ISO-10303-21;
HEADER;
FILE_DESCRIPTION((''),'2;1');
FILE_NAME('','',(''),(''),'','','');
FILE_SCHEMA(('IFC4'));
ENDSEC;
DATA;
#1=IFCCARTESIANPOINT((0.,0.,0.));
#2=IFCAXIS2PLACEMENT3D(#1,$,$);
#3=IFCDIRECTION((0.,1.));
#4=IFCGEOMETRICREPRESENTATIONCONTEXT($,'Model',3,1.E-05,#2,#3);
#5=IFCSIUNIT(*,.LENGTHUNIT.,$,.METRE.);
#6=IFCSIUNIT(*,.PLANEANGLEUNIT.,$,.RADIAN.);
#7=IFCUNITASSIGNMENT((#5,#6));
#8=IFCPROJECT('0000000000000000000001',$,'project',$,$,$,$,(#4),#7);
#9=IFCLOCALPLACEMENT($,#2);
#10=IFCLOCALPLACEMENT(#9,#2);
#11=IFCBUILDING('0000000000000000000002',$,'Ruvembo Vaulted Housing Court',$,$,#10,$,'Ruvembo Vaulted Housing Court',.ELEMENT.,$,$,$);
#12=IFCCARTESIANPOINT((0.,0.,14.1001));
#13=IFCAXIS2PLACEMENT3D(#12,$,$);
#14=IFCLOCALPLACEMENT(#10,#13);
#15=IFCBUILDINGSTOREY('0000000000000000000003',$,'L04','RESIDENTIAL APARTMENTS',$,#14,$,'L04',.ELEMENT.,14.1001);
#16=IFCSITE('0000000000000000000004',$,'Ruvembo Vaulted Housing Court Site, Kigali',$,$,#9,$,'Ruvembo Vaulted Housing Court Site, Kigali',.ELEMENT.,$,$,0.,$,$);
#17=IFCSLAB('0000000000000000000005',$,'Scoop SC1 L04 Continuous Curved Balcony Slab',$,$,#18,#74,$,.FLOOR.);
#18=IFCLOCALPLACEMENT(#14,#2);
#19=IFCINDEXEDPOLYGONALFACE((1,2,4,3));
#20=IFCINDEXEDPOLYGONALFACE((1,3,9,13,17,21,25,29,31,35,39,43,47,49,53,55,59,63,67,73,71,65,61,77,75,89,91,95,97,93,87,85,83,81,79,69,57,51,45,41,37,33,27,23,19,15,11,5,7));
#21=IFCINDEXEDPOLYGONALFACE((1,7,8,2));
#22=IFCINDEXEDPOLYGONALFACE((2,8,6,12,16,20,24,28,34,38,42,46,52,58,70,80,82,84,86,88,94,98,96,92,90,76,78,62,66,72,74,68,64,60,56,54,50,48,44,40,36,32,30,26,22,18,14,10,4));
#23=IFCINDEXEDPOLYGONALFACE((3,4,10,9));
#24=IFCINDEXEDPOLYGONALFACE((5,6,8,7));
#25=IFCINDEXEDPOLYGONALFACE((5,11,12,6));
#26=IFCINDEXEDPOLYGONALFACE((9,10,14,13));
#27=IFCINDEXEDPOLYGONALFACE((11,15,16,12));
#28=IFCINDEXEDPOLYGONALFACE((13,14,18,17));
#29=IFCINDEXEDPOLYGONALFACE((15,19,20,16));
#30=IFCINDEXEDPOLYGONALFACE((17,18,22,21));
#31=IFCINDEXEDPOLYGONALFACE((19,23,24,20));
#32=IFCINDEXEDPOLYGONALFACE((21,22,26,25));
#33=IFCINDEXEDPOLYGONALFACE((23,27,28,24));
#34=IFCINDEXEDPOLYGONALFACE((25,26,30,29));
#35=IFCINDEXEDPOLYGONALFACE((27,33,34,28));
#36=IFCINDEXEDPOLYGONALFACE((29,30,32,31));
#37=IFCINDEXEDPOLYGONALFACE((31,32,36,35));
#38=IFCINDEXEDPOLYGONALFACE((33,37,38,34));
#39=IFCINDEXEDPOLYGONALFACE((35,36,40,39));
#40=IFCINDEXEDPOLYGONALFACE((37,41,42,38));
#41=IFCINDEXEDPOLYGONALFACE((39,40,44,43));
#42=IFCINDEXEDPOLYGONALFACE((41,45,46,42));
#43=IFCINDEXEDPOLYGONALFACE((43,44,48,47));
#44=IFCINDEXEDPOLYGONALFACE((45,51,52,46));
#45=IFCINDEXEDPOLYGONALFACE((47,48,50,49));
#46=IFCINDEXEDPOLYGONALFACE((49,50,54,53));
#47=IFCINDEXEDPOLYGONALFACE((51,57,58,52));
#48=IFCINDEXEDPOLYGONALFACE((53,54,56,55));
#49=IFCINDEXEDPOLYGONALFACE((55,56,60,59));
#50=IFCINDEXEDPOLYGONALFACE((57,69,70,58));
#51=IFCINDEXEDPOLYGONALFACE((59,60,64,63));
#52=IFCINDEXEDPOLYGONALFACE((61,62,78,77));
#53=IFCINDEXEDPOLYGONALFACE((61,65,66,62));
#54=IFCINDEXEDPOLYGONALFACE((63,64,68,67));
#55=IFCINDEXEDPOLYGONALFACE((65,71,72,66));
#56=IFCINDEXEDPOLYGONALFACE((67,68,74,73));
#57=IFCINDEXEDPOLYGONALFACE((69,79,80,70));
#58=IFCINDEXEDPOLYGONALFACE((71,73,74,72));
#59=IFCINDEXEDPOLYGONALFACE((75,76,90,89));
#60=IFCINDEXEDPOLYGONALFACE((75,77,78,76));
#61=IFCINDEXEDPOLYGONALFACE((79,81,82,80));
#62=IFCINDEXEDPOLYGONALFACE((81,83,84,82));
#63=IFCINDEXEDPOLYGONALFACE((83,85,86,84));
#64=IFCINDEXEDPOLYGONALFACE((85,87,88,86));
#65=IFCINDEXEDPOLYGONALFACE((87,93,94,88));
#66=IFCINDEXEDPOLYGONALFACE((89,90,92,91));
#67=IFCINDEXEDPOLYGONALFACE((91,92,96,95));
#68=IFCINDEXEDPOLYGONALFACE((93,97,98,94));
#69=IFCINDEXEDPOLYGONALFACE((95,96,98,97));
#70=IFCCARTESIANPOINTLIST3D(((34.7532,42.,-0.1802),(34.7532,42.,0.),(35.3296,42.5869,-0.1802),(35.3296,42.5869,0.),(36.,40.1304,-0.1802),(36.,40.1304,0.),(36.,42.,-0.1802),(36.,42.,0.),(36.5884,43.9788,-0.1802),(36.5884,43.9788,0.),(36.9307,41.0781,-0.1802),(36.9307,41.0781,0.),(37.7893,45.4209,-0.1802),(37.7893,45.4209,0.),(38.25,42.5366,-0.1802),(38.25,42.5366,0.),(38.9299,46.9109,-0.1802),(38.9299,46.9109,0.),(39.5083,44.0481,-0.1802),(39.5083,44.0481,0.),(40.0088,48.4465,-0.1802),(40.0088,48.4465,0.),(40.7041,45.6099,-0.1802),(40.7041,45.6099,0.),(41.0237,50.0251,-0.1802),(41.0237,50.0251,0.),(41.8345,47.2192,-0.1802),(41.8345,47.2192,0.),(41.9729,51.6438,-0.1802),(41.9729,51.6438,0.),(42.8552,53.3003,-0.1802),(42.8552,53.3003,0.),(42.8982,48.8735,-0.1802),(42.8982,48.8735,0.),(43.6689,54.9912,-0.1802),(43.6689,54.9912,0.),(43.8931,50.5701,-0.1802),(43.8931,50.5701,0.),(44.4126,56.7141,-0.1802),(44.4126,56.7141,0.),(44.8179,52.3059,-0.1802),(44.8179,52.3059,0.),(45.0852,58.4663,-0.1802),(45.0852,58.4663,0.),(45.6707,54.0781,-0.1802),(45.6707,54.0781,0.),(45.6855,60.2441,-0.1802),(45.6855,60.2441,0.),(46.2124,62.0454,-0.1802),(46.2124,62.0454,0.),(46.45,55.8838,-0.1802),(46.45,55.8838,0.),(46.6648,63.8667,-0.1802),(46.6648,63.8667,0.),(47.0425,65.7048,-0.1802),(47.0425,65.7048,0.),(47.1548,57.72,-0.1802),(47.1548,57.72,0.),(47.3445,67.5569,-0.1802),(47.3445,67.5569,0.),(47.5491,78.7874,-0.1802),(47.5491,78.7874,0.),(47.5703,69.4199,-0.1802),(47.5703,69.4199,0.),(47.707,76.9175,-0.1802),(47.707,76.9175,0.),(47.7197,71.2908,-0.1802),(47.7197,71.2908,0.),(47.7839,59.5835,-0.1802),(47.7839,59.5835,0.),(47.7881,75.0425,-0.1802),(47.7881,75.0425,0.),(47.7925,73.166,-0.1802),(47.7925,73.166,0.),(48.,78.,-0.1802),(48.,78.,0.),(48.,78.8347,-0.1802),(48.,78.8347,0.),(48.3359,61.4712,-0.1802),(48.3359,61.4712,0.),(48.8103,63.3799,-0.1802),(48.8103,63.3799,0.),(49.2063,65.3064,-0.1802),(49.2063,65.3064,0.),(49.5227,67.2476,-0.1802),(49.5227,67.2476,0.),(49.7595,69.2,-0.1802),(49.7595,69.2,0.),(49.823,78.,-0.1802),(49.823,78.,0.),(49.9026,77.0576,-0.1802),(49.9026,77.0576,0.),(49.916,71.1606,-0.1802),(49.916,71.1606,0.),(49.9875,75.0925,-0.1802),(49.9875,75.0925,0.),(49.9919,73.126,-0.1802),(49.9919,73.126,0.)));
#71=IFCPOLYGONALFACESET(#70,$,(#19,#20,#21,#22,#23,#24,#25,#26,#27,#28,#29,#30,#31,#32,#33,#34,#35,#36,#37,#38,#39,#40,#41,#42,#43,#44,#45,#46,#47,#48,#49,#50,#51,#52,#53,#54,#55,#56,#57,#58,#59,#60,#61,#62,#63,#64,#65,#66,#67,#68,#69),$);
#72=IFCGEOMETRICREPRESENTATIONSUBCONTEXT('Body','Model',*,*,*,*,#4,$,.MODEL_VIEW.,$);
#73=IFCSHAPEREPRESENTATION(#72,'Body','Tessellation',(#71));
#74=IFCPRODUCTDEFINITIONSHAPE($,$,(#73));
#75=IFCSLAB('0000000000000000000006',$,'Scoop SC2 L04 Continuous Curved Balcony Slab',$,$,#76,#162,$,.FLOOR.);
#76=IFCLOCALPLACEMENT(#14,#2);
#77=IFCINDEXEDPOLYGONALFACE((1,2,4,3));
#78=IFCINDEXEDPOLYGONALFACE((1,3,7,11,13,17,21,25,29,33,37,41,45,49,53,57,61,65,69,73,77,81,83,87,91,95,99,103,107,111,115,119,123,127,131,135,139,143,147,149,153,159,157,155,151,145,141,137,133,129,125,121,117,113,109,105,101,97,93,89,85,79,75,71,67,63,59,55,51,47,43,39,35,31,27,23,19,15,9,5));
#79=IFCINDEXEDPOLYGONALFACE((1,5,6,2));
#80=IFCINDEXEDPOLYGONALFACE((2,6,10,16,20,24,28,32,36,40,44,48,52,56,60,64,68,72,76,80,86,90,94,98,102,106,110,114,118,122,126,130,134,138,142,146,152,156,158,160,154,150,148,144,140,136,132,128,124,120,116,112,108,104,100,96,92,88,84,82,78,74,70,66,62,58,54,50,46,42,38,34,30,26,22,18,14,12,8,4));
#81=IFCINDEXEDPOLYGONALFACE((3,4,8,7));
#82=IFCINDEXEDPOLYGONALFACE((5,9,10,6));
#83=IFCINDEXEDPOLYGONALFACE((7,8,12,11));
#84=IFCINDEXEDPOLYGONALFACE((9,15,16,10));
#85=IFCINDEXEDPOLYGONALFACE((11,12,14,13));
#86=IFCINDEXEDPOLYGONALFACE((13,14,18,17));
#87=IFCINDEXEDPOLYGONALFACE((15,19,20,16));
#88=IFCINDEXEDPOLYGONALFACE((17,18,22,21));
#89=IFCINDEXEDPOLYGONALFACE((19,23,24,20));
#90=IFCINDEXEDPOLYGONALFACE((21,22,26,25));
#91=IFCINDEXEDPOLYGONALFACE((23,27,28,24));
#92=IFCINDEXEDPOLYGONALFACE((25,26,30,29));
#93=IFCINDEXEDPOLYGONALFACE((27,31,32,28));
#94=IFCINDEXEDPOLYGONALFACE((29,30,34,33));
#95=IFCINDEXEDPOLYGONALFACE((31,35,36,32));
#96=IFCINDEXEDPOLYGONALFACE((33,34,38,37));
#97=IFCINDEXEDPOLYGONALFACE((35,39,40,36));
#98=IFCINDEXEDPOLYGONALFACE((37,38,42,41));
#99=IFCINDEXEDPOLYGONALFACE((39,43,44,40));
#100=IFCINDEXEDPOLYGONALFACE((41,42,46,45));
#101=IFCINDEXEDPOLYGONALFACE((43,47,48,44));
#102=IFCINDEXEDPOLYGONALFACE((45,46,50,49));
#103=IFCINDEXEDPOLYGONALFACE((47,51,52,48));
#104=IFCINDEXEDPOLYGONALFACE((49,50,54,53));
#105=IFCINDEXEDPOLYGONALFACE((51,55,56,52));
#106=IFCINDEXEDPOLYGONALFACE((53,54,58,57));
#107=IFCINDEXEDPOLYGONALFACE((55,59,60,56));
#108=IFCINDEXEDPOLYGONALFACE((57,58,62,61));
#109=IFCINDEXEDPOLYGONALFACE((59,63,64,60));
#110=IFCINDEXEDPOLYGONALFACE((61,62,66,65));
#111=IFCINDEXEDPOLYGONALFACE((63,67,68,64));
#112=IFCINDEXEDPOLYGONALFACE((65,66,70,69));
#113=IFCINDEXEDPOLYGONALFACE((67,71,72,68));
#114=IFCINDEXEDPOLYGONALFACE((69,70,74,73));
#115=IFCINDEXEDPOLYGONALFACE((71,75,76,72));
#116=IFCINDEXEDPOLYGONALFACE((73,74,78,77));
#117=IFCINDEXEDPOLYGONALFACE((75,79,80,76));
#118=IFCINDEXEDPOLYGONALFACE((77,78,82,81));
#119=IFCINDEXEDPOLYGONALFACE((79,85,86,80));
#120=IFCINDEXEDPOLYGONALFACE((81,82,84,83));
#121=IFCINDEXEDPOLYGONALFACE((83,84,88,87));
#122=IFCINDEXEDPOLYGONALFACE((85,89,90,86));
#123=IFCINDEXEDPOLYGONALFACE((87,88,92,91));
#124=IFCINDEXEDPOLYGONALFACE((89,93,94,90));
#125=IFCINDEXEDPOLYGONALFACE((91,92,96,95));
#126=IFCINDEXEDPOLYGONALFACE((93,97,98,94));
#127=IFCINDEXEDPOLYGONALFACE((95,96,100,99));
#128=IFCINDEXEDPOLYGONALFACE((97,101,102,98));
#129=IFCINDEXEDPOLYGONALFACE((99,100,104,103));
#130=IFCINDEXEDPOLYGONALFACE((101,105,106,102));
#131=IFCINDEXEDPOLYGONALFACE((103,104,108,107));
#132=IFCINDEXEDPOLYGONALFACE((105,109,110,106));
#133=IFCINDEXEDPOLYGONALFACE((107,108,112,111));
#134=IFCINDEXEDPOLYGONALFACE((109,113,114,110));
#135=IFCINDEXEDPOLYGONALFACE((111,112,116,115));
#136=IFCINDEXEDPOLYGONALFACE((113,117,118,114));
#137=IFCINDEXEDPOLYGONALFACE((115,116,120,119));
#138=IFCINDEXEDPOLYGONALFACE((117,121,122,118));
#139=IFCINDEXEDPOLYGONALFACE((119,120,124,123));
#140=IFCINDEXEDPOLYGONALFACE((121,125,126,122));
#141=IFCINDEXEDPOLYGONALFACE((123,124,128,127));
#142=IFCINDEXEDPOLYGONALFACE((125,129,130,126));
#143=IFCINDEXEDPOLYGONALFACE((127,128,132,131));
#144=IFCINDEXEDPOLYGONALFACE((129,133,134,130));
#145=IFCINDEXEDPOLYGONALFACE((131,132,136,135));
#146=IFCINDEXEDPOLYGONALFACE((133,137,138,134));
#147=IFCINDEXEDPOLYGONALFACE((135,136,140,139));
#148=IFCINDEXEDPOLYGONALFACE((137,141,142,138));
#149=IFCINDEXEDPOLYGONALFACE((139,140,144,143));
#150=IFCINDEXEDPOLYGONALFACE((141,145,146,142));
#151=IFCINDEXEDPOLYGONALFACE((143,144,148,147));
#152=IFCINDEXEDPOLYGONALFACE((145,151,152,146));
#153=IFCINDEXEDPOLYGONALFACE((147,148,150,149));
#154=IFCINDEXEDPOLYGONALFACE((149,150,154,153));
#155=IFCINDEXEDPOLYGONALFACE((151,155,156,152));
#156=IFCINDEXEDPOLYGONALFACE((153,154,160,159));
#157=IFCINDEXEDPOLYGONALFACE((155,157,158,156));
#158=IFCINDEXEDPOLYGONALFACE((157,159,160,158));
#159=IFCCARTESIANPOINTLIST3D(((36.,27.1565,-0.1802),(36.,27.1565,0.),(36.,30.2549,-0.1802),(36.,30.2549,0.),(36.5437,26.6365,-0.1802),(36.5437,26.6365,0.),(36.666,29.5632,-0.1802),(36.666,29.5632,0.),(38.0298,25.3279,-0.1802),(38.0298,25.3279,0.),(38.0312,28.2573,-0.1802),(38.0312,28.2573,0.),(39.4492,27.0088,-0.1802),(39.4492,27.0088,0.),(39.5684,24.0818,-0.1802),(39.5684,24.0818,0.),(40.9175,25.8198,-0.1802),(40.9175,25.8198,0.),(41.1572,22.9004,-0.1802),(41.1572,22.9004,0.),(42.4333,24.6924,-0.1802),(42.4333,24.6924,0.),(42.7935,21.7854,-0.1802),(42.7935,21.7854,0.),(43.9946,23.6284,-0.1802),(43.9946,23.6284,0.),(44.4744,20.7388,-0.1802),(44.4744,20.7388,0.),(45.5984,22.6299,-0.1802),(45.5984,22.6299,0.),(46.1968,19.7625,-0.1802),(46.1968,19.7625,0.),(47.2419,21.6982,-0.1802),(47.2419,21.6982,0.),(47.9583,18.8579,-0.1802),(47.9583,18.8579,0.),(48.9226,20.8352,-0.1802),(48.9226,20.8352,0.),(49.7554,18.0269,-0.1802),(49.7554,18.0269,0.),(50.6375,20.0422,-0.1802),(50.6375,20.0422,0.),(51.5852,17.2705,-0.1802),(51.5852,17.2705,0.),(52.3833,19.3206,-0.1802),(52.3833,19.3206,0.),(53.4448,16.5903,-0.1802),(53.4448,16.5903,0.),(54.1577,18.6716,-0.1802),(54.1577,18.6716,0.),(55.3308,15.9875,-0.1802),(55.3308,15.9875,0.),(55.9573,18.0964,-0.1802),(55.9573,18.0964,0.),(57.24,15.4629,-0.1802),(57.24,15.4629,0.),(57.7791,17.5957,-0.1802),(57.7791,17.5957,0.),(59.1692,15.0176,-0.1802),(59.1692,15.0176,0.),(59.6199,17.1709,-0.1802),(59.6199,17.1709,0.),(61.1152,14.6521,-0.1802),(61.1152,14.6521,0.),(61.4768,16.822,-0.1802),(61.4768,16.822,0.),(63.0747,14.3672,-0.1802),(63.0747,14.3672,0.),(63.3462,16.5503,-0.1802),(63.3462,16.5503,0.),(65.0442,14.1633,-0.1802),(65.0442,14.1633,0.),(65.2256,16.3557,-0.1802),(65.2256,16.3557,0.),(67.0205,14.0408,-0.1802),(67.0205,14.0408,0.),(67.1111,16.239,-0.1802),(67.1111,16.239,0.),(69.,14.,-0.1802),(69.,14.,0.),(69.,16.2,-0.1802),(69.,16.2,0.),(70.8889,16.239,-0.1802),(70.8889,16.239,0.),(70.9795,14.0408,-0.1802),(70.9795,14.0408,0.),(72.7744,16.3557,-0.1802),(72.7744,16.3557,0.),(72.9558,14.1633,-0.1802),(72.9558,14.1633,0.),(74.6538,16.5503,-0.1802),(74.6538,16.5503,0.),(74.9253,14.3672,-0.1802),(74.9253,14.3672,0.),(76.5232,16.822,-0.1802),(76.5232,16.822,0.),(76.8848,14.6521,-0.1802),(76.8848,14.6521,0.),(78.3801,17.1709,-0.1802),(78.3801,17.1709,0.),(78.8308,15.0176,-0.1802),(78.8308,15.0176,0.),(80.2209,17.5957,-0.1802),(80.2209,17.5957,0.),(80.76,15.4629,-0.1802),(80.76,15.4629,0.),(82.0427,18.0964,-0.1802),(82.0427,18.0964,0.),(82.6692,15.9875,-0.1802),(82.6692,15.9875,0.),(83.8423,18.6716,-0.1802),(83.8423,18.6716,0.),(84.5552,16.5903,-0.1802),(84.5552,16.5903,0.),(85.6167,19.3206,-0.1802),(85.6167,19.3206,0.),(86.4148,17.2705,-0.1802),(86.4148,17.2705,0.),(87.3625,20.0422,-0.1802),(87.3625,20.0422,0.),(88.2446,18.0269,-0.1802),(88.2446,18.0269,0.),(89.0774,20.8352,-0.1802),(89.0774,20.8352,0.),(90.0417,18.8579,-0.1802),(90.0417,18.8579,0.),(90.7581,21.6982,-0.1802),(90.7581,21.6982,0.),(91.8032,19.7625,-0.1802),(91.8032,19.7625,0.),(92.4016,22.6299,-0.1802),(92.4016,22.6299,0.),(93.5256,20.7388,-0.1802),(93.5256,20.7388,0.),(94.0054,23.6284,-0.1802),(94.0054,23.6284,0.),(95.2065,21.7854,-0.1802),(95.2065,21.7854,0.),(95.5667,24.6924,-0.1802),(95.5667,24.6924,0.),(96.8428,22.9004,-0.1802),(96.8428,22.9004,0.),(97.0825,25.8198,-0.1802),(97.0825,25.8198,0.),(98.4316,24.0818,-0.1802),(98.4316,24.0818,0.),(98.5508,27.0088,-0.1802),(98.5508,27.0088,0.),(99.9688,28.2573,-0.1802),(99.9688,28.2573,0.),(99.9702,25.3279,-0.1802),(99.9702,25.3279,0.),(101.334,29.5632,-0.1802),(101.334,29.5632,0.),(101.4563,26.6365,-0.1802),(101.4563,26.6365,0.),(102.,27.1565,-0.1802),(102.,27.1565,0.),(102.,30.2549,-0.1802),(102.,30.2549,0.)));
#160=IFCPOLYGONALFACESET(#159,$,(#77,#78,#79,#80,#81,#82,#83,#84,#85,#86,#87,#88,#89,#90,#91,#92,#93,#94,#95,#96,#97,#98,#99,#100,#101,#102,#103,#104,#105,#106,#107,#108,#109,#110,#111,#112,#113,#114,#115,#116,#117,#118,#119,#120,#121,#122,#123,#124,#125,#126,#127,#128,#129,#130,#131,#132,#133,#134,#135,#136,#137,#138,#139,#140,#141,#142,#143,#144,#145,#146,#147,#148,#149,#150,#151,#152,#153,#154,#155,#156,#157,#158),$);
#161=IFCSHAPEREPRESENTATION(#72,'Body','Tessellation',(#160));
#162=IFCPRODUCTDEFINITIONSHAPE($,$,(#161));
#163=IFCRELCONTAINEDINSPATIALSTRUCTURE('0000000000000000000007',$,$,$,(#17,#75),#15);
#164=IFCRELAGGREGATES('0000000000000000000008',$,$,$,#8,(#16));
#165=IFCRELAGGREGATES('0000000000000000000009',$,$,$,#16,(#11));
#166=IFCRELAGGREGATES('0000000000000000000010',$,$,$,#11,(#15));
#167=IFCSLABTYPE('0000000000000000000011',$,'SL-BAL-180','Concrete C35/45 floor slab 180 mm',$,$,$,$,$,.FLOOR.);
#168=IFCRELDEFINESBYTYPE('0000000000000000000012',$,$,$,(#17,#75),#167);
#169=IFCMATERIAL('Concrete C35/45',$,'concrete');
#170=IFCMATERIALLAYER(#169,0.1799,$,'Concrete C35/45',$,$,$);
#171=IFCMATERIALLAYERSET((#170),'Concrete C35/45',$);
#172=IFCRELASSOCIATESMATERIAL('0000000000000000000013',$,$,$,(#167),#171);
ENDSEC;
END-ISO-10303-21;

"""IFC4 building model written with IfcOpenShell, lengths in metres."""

from ifc_helpers import new_model, si_unit, direction, frame, origin, place, context, subcontext, project, spatial, polyline, outline, extrude, material, layer, layer_set, type_object, element, save


model = new_model("IFC4")

# Units and contexts
model_context = context("Model", 3, precision=1e-05, world=origin(), true_north=direction((0.0, 1.0)))
body_context = subcontext(model_context, "Body", "Model", "MODEL_VIEW")
ifc_project = project(units=[si_unit("LENGTHUNIT", "METRE"), si_unit("PLANEANGLEUNIT", "RADIAN")], contexts=[model_context])

# Site, building, storey
site_placement = place(None, origin())
site = spatial("IfcSite", under=ifc_project, at=site_placement, Name="Ruvembo Vaulted Housing Court Site, Kigali", LongName="Ruvembo Vaulted Housing Court Site, Kigali", CompositionType="ELEMENT", RefElevation=0.0)
building_placement = place(site_placement, origin())
building = spatial("IfcBuilding", under=site, at=building_placement, Name="Ruvembo Vaulted Housing Court", LongName="Ruvembo Vaulted Housing Court", CompositionType="ELEMENT")
storey_placement = place(building_placement, frame((0.0, 0.0, 14.1001)))
storey = spatial("IfcBuildingStorey", under=building, at=storey_placement, Name="L04", Description="RESIDENTIAL APARTMENTS", LongName="L04", CompositionType="ELEMENT", Elevation=14.1001)

# Slabs
ifc_material_1 = material(Name="Concrete C35/45", Category="concrete")
ifc_layer_1 = layer(ifc_material_1, 0.1799, Name="Concrete C35/45")
ifc_layer_set_1 = layer_set([ifc_layer_1], Name="Concrete C35/45")
slab_type_1 = type_object("IfcSlabType", Name="SL-BAL-180", Description="Concrete C35/45 floor slab 180 mm", PredefinedType="FLOOR", material=ifc_layer_set_1)
slab_1_placement = place(storey_placement, frame((0.0, 0.0, -0.1802)))
element("IfcSlab", 1, at=slab_1_placement, inside=storey, type_object=slab_type_1, Name="Scoop SC1 L04 Continuous Curved Balcony Slab", PredefinedType="FLOOR", context=body_context, shape_type="SweptSolid", body=[
    extrude(outline(polyline([(34.7532, 42.0), (36.0, 42.0), (36.0, 40.1304), (36.9307, 41.0781), (38.25, 42.5366), (39.5083, 44.0481), (40.7041, 45.6099), (41.8345, 47.2192), (42.8982, 48.8735), (43.8931, 50.5701), (44.8179, 52.3059), (45.6707, 54.0781), (46.45, 55.8838), (47.1548, 57.72), (47.7839, 59.5835), (48.3359, 61.4712), (48.8103, 63.3799), (49.2063, 65.3064), (49.5227, 67.2476), (49.7595, 69.2), (49.916, 71.1606), (49.9919, 73.126), (49.9875, 75.0925), (49.9026, 77.0576), (49.823, 78.0), (48.0, 78.0), (48.0, 78.8347), (47.5491, 78.7874), (47.707, 76.9175), (47.7881, 75.0425), (47.7925, 73.166), (47.7197, 71.2908), (47.5703, 69.4199), (47.3445, 67.5569), (47.0425, 65.7048), (46.6648, 63.8667), (46.2124, 62.0454), (45.6855, 60.2441), (45.0852, 58.4663), (44.4126, 56.7141), (43.6689, 54.9912), (42.8552, 53.3003), (41.9729, 51.6438), (41.0237, 50.0251), (40.0088, 48.4465), (38.9299, 46.9109), (37.7893, 45.4209), (36.5884, 43.9788), (35.3296, 42.5869), (34.7532, 42.0)])), origin(), (0.0, 0.0, 1.0), 0.1802),
])
slab_2_placement = place(storey_placement, frame((0.0, 0.0, -0.1802)))
element("IfcSlab", 2, at=slab_2_placement, inside=storey, type_object=slab_type_1, Name="Scoop SC2 L04 Continuous Curved Balcony Slab", PredefinedType="FLOOR", context=body_context, shape_type="SweptSolid", body=[
    extrude(outline(polyline([(36.0, 30.2549), (36.0, 27.1565), (36.5437, 26.6365), (38.0298, 25.3279), (39.5684, 24.0818), (41.1572, 22.9004), (42.7935, 21.7854), (44.4744, 20.7388), (46.1968, 19.7625), (47.9583, 18.8579), (49.7554, 18.0269), (51.5852, 17.2705), (53.4448, 16.5903), (55.3308, 15.9875), (57.24, 15.4629), (59.1692, 15.0176), (61.1152, 14.6521), (63.0747, 14.3672), (65.0442, 14.1633), (67.0205, 14.0408), (69.0, 14.0), (70.9795, 14.0408), (72.9558, 14.1633), (74.9253, 14.3672), (76.8848, 14.6521), (78.8308, 15.0176), (80.76, 15.4629), (82.6692, 15.9875), (84.5552, 16.5903), (86.4148, 17.2705), (88.2446, 18.0269), (90.0417, 18.8579), (91.8032, 19.7625), (93.5256, 20.7388), (95.2065, 21.7854), (96.8428, 22.9004), (98.4316, 24.0818), (99.9702, 25.3279), (101.4563, 26.6365), (102.0, 27.1565), (102.0, 30.2549), (101.334, 29.5632), (99.9688, 28.2573), (98.5508, 27.0088), (97.0825, 25.8198), (95.5667, 24.6924), (94.0054, 23.6284), (92.4016, 22.6299), (90.7581, 21.6982), (89.0774, 20.8352), (87.3625, 20.0422), (85.6167, 19.3206), (83.8423, 18.6716), (82.0427, 18.0964), (80.2209, 17.5957), (78.3801, 17.1709), (76.5232, 16.822), (74.6538, 16.5503), (72.7744, 16.3557), (70.8889, 16.239), (69.0, 16.2), (67.1111, 16.239), (65.2256, 16.3557), (63.3462, 16.5503), (61.4768, 16.822), (59.6199, 17.1709), (57.7791, 17.5957), (55.9573, 18.0964), (54.1577, 18.6716), (52.3833, 19.3206), (50.6375, 20.0422), (48.9226, 20.8352), (47.2419, 21.6982), (45.5984, 22.6299), (43.9946, 23.6284), (42.4333, 24.6924), (40.9175, 25.8198), (39.4492, 27.0088), (38.0312, 28.2573), (36.666, 29.5632), (36.0, 30.2549)])), origin(), (0.0, 0.0, 1.0), 0.1802),
])

save(model, "model.ifc")
